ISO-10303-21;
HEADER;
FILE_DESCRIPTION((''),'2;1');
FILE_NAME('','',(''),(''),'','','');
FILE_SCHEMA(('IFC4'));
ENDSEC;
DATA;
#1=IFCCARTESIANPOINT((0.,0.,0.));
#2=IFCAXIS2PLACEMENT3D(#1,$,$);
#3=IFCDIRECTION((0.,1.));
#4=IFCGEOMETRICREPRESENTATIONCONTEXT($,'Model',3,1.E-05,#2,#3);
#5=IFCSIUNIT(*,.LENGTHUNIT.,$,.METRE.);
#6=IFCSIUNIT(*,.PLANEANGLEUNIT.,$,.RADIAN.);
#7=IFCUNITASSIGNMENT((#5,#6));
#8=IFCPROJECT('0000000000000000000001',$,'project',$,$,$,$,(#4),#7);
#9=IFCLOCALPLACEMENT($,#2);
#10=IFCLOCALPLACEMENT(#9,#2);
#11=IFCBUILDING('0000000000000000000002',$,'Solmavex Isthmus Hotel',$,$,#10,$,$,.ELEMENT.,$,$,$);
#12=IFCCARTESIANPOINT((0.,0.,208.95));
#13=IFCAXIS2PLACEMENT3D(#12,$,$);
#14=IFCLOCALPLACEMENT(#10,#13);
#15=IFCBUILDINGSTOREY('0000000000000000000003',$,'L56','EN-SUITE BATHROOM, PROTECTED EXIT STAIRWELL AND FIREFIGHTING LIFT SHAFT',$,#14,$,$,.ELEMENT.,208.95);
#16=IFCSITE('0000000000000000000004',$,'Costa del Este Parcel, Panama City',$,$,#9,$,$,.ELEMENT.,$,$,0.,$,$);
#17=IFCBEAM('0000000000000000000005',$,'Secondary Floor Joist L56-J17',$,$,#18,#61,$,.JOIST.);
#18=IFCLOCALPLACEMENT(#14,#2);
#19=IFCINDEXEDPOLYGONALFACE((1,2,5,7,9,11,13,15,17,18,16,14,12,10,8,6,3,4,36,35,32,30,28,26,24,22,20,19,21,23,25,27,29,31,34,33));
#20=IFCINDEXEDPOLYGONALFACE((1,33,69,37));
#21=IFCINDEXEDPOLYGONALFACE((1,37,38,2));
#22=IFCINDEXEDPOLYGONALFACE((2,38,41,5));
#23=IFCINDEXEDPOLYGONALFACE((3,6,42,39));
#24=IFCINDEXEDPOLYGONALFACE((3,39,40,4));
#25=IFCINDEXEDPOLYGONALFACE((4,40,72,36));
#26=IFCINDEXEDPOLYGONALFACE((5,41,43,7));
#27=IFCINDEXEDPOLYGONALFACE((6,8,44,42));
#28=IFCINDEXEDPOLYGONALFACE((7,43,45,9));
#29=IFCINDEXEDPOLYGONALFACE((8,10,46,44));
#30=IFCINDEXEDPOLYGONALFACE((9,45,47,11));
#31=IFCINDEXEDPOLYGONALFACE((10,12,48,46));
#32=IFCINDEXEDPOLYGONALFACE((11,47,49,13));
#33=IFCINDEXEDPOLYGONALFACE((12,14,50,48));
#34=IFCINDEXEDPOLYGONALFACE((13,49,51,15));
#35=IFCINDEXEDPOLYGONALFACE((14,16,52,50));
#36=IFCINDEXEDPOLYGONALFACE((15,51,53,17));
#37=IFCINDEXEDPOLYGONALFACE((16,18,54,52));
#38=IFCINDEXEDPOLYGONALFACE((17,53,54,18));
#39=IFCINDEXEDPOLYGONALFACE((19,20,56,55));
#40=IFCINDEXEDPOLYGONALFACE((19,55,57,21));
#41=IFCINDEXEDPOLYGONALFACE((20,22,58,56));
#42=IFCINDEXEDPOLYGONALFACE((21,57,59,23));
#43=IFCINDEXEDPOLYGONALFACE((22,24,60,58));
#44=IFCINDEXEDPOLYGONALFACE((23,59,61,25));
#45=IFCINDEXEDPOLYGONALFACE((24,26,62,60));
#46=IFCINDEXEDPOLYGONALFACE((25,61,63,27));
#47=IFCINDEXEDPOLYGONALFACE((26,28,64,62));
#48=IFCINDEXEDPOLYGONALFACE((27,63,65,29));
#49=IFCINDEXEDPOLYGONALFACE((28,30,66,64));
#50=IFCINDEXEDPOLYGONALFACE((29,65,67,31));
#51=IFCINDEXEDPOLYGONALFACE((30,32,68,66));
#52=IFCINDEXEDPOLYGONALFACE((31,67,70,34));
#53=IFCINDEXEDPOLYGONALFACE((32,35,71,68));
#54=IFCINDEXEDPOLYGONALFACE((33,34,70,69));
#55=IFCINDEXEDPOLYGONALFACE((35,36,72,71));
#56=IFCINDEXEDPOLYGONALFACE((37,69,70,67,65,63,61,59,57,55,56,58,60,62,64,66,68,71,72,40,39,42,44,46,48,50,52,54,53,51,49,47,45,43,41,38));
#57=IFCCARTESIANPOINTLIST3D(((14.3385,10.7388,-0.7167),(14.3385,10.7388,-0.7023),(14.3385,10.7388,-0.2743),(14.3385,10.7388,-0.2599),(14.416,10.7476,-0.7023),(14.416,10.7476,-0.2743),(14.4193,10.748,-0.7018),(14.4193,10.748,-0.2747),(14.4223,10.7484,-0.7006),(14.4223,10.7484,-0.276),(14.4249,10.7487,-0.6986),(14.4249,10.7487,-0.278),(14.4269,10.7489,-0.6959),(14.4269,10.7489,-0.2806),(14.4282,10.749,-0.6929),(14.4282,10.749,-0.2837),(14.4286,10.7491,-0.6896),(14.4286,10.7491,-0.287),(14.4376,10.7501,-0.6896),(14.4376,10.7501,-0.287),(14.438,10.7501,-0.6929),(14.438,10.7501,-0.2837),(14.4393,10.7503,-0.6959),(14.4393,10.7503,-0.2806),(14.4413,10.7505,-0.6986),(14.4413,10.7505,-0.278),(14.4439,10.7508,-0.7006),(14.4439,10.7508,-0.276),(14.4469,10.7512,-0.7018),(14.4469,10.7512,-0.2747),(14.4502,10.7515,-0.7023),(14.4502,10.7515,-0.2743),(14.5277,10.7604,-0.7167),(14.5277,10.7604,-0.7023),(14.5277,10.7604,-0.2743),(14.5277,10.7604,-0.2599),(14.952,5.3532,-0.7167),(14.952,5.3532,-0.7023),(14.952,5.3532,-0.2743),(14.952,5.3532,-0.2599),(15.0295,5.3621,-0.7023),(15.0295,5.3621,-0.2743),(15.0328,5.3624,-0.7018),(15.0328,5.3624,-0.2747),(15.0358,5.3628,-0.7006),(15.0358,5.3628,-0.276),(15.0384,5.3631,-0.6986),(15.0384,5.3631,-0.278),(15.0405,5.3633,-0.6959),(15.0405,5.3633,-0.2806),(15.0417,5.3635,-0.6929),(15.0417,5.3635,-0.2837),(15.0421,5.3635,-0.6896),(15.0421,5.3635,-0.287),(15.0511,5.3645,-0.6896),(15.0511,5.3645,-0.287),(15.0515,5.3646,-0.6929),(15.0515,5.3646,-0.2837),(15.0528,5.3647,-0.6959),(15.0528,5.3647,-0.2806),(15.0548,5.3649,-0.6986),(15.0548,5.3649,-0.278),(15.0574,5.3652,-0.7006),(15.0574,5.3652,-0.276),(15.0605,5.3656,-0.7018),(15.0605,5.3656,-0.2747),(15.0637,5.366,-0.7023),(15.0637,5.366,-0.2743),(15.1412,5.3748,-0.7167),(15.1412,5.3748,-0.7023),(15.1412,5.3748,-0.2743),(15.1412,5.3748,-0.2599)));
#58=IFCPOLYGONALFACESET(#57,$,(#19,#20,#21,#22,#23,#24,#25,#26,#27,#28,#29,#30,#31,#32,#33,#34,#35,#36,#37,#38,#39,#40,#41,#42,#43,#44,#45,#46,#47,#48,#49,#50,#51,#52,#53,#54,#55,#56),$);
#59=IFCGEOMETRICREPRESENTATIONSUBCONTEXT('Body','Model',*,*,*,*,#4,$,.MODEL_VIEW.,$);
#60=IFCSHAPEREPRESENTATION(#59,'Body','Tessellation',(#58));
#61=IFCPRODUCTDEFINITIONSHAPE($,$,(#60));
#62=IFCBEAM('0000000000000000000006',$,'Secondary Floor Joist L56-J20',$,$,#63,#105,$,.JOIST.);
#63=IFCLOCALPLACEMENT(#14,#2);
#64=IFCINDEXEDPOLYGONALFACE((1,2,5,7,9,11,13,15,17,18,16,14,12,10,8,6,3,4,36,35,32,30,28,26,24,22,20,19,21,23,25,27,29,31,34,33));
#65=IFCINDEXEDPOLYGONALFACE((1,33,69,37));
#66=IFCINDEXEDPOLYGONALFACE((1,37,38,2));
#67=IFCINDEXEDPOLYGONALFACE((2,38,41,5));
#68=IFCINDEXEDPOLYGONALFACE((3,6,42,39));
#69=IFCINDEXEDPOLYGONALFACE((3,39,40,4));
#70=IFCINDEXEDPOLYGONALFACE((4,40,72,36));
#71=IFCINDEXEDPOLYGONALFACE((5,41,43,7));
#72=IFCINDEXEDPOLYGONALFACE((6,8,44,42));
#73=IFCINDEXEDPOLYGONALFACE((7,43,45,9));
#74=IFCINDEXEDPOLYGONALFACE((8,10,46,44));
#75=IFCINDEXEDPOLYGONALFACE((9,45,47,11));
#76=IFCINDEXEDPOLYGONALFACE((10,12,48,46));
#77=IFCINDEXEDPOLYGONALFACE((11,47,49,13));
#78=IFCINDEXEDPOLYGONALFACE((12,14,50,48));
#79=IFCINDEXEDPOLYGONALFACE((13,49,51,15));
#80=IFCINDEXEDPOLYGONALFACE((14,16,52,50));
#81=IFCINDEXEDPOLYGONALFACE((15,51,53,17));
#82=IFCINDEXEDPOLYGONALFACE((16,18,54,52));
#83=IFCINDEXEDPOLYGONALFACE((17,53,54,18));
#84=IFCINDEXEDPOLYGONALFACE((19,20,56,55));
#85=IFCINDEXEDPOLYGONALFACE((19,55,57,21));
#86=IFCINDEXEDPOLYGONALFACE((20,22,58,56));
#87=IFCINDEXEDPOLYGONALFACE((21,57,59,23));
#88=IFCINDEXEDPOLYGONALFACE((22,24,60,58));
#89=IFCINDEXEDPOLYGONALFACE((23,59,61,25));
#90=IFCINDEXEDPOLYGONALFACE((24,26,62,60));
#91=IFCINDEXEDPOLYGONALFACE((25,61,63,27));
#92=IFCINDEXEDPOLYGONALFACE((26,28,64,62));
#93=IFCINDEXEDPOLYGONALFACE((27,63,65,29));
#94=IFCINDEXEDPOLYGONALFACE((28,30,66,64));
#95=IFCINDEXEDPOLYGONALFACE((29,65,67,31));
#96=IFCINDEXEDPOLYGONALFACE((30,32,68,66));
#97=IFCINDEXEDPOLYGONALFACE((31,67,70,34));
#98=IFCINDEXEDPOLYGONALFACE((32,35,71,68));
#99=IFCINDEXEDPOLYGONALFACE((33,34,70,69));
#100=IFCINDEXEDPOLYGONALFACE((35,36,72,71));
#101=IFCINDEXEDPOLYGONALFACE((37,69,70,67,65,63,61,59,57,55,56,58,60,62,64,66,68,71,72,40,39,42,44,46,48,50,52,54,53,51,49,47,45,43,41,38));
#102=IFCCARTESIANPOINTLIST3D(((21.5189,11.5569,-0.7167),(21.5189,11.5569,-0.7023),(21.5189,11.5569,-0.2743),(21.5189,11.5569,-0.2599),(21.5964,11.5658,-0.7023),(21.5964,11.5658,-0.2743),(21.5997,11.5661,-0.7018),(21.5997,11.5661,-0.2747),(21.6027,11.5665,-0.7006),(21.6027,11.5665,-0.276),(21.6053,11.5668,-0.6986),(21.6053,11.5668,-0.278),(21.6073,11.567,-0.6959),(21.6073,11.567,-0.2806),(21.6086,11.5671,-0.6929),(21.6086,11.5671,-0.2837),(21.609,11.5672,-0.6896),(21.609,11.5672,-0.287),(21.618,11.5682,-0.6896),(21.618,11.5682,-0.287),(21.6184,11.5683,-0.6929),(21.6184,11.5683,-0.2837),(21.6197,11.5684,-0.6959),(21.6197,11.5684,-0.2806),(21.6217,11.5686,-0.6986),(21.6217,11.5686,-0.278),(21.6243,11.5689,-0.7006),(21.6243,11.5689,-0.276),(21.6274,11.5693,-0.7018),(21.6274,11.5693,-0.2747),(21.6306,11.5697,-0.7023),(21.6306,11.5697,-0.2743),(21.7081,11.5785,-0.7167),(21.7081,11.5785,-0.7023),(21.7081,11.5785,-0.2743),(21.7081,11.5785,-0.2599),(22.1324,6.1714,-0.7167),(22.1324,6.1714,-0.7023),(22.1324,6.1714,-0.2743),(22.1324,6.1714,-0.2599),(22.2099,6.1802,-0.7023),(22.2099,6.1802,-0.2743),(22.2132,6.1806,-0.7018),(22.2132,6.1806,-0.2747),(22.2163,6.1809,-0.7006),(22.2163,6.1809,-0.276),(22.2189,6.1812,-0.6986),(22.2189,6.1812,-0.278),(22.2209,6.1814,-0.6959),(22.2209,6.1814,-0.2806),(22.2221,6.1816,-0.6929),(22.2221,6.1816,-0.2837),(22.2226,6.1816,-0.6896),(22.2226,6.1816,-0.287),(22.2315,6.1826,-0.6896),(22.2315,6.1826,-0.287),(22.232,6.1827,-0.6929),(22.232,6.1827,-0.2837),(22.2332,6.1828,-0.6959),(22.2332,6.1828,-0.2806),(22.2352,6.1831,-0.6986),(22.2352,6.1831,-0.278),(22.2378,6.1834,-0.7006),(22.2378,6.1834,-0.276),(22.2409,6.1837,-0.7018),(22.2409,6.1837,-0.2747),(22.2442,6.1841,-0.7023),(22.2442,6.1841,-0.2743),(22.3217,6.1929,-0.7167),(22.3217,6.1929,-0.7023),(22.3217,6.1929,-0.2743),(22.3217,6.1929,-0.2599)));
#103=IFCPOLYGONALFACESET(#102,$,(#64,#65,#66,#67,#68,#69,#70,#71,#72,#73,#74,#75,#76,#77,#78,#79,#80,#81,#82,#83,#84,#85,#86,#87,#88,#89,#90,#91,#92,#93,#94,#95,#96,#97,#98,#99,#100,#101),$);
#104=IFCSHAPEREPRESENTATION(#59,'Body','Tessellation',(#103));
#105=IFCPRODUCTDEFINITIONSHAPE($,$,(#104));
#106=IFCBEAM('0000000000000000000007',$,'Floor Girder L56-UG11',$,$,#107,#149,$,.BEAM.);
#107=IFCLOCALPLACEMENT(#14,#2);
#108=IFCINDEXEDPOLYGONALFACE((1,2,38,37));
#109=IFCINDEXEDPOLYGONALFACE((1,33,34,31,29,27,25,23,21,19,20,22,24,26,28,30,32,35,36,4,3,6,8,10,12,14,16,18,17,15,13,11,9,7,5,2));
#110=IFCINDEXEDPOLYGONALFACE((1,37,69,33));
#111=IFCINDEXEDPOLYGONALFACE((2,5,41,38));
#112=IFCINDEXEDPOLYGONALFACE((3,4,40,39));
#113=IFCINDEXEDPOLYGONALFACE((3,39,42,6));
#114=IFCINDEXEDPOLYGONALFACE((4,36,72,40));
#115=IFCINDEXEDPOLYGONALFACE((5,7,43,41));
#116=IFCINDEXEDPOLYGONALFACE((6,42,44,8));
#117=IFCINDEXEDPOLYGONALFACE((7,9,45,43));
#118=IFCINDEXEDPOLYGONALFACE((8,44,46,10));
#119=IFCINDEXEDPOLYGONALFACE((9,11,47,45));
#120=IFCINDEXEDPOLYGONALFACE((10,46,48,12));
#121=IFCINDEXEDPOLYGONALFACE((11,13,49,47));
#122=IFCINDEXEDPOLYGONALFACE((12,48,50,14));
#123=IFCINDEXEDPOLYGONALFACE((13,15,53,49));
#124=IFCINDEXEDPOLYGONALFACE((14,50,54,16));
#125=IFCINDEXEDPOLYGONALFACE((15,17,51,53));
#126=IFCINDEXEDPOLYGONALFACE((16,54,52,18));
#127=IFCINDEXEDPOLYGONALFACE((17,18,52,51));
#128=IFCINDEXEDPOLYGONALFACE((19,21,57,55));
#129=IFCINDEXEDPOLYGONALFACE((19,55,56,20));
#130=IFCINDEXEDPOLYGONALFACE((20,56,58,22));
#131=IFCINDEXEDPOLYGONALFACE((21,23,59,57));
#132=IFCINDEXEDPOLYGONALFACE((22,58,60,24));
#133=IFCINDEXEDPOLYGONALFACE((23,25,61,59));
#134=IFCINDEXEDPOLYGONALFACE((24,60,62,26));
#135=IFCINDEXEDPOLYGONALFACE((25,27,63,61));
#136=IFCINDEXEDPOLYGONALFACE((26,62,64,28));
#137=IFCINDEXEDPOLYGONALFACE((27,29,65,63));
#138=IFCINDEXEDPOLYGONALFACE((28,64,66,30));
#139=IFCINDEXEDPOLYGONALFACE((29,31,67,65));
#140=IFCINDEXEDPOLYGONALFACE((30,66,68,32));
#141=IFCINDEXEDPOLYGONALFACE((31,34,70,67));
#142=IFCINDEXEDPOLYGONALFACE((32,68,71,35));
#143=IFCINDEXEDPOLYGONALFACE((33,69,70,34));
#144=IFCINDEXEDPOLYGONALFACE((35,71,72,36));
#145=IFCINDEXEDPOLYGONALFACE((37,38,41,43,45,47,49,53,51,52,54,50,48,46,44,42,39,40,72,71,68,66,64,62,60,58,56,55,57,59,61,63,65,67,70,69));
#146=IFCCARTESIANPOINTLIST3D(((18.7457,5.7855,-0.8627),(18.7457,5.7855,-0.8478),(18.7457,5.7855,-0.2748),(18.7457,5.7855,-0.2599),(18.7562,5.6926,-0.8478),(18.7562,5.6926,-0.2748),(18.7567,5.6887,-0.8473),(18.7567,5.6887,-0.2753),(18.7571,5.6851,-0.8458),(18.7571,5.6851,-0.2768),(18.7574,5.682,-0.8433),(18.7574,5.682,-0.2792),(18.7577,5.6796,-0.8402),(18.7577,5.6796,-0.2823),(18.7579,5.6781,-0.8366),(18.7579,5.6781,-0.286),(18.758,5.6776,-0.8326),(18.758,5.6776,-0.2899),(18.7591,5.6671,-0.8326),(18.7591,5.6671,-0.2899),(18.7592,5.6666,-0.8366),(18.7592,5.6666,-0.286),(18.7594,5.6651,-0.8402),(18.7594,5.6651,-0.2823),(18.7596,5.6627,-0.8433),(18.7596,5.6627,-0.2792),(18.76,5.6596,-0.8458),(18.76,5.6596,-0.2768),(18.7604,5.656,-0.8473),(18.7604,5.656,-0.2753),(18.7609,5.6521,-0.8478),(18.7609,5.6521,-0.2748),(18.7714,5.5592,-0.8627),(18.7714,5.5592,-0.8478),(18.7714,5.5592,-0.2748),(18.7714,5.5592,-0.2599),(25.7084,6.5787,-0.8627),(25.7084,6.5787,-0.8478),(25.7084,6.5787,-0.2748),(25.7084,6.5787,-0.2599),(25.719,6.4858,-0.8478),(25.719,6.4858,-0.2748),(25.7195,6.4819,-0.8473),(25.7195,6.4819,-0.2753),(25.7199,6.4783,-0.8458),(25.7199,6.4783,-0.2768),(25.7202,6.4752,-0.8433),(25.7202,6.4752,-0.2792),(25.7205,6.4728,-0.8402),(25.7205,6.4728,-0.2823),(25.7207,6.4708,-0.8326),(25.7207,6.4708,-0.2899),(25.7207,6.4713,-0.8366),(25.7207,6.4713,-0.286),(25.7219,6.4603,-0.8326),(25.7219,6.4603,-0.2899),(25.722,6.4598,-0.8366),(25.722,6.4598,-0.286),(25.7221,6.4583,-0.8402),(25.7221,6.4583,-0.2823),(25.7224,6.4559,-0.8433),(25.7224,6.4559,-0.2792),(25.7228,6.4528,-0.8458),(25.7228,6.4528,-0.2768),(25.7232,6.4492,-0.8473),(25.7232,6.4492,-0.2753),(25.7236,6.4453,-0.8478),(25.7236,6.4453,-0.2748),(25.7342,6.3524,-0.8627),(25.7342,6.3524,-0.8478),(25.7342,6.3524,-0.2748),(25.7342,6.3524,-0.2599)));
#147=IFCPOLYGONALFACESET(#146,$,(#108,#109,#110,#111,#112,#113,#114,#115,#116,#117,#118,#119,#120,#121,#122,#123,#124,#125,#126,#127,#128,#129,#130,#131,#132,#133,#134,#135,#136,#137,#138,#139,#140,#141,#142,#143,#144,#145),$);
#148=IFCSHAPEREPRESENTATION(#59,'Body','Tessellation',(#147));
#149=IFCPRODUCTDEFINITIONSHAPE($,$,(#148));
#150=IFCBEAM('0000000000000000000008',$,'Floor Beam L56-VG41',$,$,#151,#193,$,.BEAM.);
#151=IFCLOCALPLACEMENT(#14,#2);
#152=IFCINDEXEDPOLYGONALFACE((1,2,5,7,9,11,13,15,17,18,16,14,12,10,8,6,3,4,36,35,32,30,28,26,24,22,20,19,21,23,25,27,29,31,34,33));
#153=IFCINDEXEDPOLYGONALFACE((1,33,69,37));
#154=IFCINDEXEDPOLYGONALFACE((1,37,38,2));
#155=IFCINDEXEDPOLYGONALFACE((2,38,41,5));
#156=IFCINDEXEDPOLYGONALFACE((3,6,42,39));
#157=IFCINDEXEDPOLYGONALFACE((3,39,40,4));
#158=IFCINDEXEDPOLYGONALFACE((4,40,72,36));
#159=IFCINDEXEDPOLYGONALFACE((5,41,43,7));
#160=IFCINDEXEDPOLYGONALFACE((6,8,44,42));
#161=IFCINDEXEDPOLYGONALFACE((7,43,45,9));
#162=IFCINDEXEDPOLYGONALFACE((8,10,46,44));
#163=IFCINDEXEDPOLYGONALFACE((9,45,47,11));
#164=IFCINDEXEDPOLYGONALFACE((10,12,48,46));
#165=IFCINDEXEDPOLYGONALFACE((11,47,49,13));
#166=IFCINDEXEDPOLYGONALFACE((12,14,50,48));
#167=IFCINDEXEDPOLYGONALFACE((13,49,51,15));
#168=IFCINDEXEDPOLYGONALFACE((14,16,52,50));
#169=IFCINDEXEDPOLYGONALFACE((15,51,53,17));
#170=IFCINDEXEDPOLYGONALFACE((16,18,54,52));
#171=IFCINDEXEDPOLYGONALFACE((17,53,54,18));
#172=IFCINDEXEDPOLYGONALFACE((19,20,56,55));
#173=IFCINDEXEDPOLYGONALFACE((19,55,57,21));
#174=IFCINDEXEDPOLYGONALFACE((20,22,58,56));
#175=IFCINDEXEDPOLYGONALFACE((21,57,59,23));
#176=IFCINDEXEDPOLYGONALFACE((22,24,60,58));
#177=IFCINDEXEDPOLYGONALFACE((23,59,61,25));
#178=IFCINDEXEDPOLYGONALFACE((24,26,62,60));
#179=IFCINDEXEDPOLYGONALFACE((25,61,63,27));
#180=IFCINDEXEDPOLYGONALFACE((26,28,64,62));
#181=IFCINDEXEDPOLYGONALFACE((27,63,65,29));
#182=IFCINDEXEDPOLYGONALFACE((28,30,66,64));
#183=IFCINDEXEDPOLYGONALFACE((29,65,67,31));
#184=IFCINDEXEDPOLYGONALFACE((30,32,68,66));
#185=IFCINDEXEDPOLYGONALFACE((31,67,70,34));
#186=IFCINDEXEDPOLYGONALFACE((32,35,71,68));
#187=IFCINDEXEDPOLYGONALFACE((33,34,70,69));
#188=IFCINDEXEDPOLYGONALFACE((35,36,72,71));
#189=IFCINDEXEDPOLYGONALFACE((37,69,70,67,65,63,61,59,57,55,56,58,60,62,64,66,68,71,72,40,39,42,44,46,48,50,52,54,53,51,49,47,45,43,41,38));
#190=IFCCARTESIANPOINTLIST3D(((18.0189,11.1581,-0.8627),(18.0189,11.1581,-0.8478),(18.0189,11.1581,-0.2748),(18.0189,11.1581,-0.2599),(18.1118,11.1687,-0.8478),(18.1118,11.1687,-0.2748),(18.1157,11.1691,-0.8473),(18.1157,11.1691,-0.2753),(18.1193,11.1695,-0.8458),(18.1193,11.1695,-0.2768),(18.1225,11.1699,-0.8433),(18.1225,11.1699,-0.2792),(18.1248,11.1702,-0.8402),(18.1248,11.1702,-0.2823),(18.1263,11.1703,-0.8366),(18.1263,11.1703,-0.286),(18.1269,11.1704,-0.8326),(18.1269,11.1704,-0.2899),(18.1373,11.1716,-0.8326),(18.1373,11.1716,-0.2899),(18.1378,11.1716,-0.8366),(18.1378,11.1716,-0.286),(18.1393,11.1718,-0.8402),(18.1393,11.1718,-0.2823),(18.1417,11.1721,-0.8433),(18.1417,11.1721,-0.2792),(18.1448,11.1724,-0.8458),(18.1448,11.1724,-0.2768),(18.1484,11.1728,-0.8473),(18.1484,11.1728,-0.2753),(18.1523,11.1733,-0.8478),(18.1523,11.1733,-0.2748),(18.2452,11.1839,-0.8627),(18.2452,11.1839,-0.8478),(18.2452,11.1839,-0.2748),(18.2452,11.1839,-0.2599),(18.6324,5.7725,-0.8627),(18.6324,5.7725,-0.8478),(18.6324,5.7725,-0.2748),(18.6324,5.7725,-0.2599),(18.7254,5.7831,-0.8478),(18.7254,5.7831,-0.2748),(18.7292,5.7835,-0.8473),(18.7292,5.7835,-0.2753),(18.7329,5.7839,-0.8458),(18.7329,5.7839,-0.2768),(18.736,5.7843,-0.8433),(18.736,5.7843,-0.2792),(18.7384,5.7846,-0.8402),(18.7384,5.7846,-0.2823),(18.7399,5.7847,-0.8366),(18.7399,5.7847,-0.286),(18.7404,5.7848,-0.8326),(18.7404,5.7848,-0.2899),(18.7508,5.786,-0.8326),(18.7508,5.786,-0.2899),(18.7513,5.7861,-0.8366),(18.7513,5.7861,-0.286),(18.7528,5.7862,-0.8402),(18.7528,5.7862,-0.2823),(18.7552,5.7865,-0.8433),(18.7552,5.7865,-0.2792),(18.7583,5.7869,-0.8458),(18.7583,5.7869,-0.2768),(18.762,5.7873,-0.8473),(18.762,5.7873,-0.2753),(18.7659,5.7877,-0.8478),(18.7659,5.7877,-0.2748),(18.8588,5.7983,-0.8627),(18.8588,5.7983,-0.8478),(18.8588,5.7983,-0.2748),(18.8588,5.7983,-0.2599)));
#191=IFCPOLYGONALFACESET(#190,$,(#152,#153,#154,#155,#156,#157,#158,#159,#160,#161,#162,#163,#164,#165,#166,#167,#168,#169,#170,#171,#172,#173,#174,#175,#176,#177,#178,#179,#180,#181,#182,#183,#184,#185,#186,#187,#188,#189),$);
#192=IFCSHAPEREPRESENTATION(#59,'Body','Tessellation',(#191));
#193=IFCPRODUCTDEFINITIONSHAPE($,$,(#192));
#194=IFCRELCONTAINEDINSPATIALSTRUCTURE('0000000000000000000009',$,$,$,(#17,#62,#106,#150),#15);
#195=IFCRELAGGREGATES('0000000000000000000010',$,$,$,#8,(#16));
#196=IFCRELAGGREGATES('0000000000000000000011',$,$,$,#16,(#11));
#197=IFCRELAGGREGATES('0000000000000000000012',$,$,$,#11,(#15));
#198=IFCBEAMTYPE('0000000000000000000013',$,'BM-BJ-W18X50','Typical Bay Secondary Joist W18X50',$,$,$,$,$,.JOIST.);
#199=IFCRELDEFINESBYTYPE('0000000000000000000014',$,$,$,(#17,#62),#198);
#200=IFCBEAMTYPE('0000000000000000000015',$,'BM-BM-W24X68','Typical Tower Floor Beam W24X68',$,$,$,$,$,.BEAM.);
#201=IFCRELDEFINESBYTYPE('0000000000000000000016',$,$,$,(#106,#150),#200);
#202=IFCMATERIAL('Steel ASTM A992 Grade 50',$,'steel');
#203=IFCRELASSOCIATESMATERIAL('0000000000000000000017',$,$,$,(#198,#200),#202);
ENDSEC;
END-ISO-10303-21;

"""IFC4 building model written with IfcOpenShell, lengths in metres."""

from ifc_helpers import new_model, si_unit, direction, frame, origin, origin_2d, place, context, subcontext, project, spatial, i_section, extrude, material, material_profile, profile_set, type_object, element, save


model = new_model("IFC4")

# Units and contexts
model_context = context("Model", 3, precision=1e-05, world=origin(), true_north=direction((0.0, 1.0)))
body_context = subcontext(model_context, "Body", "Model", "MODEL_VIEW")
ifc_project = project(units=[si_unit("LENGTHUNIT", "METRE"), si_unit("PLANEANGLEUNIT", "RADIAN")], contexts=[model_context])

# Site, building, storey
site_placement = place(None, origin())
site = spatial("IfcSite", under=ifc_project, at=site_placement, Name="Costa del Este Parcel, Panama City", CompositionType="ELEMENT", RefElevation=0.0)
building_placement = place(site_placement, origin())
building = spatial("IfcBuilding", under=site, at=building_placement, Name="Solmavex Isthmus Hotel", CompositionType="ELEMENT")
storey_placement = place(building_placement, frame((0.0, 0.0, 208.95)))
storey = spatial("IfcBuildingStorey", under=building, at=storey_placement, Name="L56", Description="EN-SUITE BATHROOM, PROTECTED EXIT STAIRWELL AND FIREFIGHTING LIFT SHAFT", CompositionType="ELEMENT", Elevation=208.95)

# Beams
ifc_material_1 = material(Name="Steel ASTM A992 Grade 50", Category="steel")
ifc_material_profile_1 = material_profile(ifc_material_1, i_section(OverallWidth=0.1904, OverallDepth=0.4568, WebThickness=0.009, FlangeThickness=0.0144, FilletRadius=0.0127, at=origin_2d()), Name="W18X50")
ifc_profile_set_1 = profile_set([ifc_material_profile_1], Name="Steel ASTM A992 Grade 50")
beam_type_1 = type_object("IfcBeamType", Name="BM-BJ-W18X50", Description="Typical Bay Secondary Joist W18X50", PredefinedType="JOIST", material=ifc_profile_set_1)
for number, where, z_axis, x_axis, name in (
    (1, (15.0466, 5.364, -0.4883), (-0.11319, 0.993573, 0.0), (-0.993573, -0.11319, 0.0), "Secondary Floor Joist L56-J17"),
    (2, (22.2271, 6.1821, -0.4883), (-0.11319, 0.993573, 0.0), (-0.993573, -0.11319, 0.0), "Secondary Floor Joist L56-J20"),
):
    element("IfcBeam", number, at=place(storey_placement, frame(where, z_axis=z_axis, x_axis=x_axis)), inside=storey, type_object=beam_type_1, Name=name, PredefinedType="JOIST", context=body_context, shape_type="SweptSolid", body=[
        extrude(i_section(OverallWidth=0.1904, OverallDepth=0.4568, WebThickness=0.009, FlangeThickness=0.0144, FilletRadius=0.0127, at=origin_2d()), origin(), (0.0, 0.0, 1.0), 5.4204),
    ])
ifc_material_profile_2 = material_profile(ifc_material_1, i_section(OverallWidth=0.2278, OverallDepth=0.6028, WebThickness=0.0105, FlangeThickness=0.0149, FilletRadius=0.0151, at=origin_2d()), Name="W24X68")
ifc_profile_set_2 = profile_set([ifc_material_profile_2], Name="Steel ASTM A992 Grade 50")
beam_type_2 = type_object("IfcBeamType", Name="BM-BM-W24X68", Description="Typical Tower Floor Beam W24X68", PredefinedType="BEAM", material=ifc_profile_set_2)
beam_1_placement = place(storey_placement, frame((18.7585, 5.6724, -0.5613), z_axis=(0.993574, 0.113188, 0.0), x_axis=(-0.113188, 0.993574, 0.0)))
element("IfcBeam", 3, at=beam_1_placement, inside=storey, type_object=beam_type_2, Name="Floor Girder L56-UG11", PredefinedType="BEAM", context=body_context, shape_type="SweptSolid", body=[
    extrude(i_section(OverallWidth=0.2278, OverallDepth=0.6028, WebThickness=0.0105, FlangeThickness=0.0149, FilletRadius=0.0151, at=origin_2d()), origin(), (0.0, 0.0, 1.0), 7.0078),
])
beam_2_placement = place(storey_placement, frame((18.7456, 5.7854, -0.5613), z_axis=(-0.11319, 0.993573, 0.0), x_axis=(-0.993573, -0.11319, 0.0)))
element("IfcBeam", 4, at=beam_2_placement, inside=storey, type_object=beam_type_2, Name="Floor Beam L56-VG41", PredefinedType="BEAM", context=body_context, shape_type="SweptSolid", body=[
    extrude(i_section(OverallWidth=0.2278, OverallDepth=0.6028, WebThickness=0.0105, FlangeThickness=0.0149, FilletRadius=0.0151, at=origin_2d()), origin(), (0.0, 0.0, 1.0), 5.4204),
])

save(model, "model.ifc")
